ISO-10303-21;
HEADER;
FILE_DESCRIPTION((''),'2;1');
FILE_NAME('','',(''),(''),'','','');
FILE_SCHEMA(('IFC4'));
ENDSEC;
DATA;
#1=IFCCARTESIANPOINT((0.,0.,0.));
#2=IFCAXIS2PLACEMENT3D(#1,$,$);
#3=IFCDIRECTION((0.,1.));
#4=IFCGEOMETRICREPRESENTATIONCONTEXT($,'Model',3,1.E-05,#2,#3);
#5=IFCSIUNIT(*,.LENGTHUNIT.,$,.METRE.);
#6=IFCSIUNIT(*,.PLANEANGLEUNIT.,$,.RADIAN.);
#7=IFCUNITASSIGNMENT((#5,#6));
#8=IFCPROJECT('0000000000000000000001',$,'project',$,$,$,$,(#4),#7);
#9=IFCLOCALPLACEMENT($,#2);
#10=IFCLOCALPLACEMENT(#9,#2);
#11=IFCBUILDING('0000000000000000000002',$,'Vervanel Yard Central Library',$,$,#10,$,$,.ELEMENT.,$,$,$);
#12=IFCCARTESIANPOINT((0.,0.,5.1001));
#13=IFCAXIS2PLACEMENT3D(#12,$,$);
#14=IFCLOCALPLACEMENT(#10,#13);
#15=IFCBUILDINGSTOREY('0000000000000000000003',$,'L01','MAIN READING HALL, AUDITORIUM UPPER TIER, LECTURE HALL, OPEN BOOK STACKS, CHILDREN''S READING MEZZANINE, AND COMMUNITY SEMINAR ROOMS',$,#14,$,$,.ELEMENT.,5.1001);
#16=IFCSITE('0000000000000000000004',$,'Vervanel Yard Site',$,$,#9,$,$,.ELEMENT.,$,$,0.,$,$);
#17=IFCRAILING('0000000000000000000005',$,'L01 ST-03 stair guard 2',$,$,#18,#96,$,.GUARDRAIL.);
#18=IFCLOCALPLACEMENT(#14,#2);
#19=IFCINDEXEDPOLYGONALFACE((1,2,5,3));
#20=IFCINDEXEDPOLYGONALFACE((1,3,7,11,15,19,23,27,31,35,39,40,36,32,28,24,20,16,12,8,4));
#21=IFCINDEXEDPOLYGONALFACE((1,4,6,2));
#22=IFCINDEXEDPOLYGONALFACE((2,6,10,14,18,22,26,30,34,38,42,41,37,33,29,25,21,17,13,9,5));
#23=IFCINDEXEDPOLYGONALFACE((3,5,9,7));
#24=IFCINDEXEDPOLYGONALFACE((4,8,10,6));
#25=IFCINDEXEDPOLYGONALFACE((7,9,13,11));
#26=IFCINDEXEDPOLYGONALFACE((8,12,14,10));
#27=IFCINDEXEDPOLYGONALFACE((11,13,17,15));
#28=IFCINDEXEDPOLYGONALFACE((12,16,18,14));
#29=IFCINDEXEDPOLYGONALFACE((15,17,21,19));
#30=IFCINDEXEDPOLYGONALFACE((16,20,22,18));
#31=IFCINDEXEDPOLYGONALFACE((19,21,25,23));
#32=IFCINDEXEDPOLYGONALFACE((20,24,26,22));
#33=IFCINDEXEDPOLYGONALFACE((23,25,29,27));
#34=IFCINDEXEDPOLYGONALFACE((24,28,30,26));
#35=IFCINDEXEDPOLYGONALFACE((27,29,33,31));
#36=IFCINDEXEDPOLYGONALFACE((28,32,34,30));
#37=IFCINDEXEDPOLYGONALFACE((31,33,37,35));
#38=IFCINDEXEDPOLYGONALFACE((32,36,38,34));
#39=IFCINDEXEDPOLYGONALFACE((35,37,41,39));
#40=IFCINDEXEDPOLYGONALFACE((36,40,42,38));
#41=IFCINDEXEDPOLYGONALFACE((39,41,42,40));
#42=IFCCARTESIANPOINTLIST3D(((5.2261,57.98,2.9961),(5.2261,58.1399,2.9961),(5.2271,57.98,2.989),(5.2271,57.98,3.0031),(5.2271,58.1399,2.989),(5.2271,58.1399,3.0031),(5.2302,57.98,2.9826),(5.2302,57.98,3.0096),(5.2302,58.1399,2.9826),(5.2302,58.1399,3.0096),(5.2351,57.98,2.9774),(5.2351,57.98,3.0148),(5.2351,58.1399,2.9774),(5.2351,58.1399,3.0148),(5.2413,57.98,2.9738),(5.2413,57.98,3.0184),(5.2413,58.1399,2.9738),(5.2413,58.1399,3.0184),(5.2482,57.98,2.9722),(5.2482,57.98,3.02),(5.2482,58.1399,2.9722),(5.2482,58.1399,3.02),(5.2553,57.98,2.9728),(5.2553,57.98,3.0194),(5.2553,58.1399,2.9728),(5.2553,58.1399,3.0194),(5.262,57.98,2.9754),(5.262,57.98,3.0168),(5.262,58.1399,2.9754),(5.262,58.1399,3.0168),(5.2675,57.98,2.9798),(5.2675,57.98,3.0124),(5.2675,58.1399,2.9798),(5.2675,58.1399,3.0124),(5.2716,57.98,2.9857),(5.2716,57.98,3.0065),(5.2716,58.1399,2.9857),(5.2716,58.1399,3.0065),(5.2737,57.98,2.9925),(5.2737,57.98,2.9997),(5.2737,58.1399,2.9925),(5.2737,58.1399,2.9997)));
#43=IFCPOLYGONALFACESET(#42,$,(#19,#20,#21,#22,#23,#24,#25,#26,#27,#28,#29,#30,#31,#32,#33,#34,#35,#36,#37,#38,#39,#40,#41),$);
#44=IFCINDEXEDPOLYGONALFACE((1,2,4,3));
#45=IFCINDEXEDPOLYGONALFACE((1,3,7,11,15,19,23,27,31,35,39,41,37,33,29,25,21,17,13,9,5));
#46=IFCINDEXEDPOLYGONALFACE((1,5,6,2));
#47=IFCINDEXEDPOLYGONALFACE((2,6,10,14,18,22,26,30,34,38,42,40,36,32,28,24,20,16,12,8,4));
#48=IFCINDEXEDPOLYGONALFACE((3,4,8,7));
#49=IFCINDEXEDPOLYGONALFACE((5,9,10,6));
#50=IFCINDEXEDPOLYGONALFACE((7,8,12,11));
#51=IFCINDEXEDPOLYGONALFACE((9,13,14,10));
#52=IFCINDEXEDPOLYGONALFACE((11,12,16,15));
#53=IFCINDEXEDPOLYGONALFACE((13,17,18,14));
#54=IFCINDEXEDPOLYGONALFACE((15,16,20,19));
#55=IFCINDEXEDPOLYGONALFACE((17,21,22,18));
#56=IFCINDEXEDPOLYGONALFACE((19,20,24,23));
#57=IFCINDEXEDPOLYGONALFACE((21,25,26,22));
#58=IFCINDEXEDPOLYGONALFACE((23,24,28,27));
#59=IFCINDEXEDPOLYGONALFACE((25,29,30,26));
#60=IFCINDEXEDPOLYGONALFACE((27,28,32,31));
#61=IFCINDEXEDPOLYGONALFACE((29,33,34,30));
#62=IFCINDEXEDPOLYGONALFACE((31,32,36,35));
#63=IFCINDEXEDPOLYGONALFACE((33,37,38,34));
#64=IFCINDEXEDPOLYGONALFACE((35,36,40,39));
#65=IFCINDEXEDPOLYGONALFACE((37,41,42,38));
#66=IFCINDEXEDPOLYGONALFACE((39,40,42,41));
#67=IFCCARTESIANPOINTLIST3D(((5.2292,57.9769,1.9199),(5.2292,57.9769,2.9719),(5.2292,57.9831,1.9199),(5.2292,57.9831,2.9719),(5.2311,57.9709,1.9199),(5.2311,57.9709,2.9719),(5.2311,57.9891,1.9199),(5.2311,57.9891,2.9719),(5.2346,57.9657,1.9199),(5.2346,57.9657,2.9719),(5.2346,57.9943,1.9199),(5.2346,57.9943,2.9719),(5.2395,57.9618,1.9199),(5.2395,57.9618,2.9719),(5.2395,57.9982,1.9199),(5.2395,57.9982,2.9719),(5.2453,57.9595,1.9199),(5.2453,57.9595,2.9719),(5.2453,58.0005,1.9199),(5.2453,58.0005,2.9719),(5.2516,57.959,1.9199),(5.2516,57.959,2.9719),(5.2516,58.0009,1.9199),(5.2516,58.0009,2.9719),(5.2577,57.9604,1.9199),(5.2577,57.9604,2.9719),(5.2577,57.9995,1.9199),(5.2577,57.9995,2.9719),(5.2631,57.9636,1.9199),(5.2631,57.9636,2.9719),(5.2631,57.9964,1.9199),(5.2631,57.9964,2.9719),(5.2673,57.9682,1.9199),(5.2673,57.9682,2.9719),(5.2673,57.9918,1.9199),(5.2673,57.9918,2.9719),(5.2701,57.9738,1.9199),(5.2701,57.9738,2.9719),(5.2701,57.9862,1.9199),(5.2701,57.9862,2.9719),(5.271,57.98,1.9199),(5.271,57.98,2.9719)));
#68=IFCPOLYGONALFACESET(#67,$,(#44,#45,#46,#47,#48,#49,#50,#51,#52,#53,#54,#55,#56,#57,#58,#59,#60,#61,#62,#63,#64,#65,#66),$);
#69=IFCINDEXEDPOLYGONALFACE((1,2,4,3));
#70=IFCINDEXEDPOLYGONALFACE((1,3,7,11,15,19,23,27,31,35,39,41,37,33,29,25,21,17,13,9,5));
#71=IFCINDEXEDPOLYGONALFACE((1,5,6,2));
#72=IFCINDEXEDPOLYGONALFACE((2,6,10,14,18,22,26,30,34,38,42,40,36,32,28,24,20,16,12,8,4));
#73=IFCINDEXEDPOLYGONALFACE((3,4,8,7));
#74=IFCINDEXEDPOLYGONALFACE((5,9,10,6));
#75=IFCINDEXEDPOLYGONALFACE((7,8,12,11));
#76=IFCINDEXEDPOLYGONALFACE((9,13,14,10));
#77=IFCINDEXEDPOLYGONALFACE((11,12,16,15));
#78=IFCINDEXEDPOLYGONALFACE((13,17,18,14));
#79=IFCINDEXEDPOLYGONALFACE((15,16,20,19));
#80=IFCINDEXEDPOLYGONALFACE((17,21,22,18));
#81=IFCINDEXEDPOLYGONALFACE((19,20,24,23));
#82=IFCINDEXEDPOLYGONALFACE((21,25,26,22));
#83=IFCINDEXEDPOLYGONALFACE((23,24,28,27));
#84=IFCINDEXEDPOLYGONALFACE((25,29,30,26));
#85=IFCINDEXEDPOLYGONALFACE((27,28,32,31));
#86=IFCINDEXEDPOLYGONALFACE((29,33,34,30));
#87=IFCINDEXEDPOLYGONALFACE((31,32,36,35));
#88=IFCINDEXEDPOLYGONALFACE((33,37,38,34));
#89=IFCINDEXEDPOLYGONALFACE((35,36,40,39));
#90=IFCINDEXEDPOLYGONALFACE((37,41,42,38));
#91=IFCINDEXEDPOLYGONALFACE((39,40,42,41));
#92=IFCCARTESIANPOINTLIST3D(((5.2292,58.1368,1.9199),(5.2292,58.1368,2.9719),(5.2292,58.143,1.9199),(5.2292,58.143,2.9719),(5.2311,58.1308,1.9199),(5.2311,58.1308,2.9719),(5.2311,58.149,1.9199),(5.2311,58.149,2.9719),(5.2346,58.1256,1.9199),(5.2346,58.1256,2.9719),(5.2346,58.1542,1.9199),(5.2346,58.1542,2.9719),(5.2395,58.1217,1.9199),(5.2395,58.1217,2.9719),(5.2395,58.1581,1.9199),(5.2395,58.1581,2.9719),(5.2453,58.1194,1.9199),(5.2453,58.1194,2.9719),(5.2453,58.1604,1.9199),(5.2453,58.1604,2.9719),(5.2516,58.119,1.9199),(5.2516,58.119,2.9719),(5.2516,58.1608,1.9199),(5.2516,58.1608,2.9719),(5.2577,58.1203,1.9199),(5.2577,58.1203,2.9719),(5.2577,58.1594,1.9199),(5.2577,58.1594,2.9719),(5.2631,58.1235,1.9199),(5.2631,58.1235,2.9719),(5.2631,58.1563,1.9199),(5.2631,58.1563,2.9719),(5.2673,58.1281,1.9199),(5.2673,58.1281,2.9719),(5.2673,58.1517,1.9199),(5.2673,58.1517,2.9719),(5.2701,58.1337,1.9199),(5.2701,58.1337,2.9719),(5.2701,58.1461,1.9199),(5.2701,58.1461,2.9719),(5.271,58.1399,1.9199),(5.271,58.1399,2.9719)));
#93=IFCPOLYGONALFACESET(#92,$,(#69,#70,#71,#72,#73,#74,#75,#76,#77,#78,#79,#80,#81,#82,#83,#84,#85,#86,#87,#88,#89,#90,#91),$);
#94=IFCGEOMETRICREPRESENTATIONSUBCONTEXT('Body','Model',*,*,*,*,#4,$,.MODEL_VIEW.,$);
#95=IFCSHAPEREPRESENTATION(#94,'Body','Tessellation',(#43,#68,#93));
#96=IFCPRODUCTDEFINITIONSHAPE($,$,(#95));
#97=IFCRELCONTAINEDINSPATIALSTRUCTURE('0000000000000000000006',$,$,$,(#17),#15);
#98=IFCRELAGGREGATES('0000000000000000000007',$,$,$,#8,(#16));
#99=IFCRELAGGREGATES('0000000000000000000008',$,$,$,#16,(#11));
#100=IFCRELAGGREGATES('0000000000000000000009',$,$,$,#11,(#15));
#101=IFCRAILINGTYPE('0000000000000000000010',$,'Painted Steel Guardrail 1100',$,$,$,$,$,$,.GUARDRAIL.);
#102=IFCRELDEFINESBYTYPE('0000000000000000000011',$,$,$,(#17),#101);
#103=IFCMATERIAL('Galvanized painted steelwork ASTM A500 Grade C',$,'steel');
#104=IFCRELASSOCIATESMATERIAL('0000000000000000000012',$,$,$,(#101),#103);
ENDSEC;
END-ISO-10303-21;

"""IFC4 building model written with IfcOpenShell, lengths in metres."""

from ifc_helpers import new_model, si_unit, direction, frame, origin, origin_2d, place, context, subcontext, project, spatial, circle, extrude, material, type_object, element, save


model = new_model("IFC4")

# Units and contexts
model_context = context("Model", 3, precision=1e-05, world=origin(), true_north=direction((0.0, 1.0)))
body_context = subcontext(model_context, "Body", "Model", "MODEL_VIEW")
ifc_project = project(units=[si_unit("LENGTHUNIT", "METRE"), si_unit("PLANEANGLEUNIT", "RADIAN")], contexts=[model_context])

# Site, building, storey
site_placement = place(None, origin())
site = spatial("IfcSite", under=ifc_project, at=site_placement, Name="Vervanel Yard Site", CompositionType="ELEMENT", RefElevation=0.0)
building_placement = place(site_placement, origin())
building = spatial("IfcBuilding", under=site, at=building_placement, Name="Vervanel Yard Central Library", CompositionType="ELEMENT")
storey_placement = place(building_placement, frame((0.0, 0.0, 5.1001)))
storey = spatial("IfcBuildingStorey", under=building, at=storey_placement, Name="L01", Description="MAIN READING HALL, AUDITORIUM UPPER TIER, LECTURE HALL, OPEN BOOK STACKS, CHILDREN'S READING MEZZANINE, AND COMMUNITY SEMINAR ROOMS", CompositionType="ELEMENT", Elevation=5.1001)

# Shared definitions
ifc_material_1 = material(Name="Galvanized painted steelwork ASTM A500 Grade C", Category="steel")

# Railing
railing_type_1 = type_object("IfcRailingType", Name="Painted Steel Guardrail 1100", PredefinedType="GUARDRAIL", material=ifc_material_1)
railing_1_placement = place(storey_placement, frame((5.25, 57.98, 1.9199)))
element("IfcRailing", 1, at=railing_1_placement, inside=storey, type_object=railing_type_1, Name="L01 ST-03 stair guard 2", PredefinedType="GUARDRAIL", context=body_context, shape_type="SweptSolid", body=[
    extrude(circle(Radius=0.0239, at=origin_2d()), frame((0.0, 0.0, 1.0762), z_axis=(0.0, 1.0, 0.0), x_axis=(-1.0, 0.0, 0.0)), (0.0, 0.0, 1.0), 0.1599),
    extrude(circle(Radius=0.021, at=origin_2d()), origin(), (0.0, 0.0, 1.0), 1.052),
    extrude(circle(Radius=0.021, at=origin_2d()), frame((0.0, 0.1599, 0.0)), (0.0, 0.0, 1.0), 1.052),
])

save(model, "model.ifc")
